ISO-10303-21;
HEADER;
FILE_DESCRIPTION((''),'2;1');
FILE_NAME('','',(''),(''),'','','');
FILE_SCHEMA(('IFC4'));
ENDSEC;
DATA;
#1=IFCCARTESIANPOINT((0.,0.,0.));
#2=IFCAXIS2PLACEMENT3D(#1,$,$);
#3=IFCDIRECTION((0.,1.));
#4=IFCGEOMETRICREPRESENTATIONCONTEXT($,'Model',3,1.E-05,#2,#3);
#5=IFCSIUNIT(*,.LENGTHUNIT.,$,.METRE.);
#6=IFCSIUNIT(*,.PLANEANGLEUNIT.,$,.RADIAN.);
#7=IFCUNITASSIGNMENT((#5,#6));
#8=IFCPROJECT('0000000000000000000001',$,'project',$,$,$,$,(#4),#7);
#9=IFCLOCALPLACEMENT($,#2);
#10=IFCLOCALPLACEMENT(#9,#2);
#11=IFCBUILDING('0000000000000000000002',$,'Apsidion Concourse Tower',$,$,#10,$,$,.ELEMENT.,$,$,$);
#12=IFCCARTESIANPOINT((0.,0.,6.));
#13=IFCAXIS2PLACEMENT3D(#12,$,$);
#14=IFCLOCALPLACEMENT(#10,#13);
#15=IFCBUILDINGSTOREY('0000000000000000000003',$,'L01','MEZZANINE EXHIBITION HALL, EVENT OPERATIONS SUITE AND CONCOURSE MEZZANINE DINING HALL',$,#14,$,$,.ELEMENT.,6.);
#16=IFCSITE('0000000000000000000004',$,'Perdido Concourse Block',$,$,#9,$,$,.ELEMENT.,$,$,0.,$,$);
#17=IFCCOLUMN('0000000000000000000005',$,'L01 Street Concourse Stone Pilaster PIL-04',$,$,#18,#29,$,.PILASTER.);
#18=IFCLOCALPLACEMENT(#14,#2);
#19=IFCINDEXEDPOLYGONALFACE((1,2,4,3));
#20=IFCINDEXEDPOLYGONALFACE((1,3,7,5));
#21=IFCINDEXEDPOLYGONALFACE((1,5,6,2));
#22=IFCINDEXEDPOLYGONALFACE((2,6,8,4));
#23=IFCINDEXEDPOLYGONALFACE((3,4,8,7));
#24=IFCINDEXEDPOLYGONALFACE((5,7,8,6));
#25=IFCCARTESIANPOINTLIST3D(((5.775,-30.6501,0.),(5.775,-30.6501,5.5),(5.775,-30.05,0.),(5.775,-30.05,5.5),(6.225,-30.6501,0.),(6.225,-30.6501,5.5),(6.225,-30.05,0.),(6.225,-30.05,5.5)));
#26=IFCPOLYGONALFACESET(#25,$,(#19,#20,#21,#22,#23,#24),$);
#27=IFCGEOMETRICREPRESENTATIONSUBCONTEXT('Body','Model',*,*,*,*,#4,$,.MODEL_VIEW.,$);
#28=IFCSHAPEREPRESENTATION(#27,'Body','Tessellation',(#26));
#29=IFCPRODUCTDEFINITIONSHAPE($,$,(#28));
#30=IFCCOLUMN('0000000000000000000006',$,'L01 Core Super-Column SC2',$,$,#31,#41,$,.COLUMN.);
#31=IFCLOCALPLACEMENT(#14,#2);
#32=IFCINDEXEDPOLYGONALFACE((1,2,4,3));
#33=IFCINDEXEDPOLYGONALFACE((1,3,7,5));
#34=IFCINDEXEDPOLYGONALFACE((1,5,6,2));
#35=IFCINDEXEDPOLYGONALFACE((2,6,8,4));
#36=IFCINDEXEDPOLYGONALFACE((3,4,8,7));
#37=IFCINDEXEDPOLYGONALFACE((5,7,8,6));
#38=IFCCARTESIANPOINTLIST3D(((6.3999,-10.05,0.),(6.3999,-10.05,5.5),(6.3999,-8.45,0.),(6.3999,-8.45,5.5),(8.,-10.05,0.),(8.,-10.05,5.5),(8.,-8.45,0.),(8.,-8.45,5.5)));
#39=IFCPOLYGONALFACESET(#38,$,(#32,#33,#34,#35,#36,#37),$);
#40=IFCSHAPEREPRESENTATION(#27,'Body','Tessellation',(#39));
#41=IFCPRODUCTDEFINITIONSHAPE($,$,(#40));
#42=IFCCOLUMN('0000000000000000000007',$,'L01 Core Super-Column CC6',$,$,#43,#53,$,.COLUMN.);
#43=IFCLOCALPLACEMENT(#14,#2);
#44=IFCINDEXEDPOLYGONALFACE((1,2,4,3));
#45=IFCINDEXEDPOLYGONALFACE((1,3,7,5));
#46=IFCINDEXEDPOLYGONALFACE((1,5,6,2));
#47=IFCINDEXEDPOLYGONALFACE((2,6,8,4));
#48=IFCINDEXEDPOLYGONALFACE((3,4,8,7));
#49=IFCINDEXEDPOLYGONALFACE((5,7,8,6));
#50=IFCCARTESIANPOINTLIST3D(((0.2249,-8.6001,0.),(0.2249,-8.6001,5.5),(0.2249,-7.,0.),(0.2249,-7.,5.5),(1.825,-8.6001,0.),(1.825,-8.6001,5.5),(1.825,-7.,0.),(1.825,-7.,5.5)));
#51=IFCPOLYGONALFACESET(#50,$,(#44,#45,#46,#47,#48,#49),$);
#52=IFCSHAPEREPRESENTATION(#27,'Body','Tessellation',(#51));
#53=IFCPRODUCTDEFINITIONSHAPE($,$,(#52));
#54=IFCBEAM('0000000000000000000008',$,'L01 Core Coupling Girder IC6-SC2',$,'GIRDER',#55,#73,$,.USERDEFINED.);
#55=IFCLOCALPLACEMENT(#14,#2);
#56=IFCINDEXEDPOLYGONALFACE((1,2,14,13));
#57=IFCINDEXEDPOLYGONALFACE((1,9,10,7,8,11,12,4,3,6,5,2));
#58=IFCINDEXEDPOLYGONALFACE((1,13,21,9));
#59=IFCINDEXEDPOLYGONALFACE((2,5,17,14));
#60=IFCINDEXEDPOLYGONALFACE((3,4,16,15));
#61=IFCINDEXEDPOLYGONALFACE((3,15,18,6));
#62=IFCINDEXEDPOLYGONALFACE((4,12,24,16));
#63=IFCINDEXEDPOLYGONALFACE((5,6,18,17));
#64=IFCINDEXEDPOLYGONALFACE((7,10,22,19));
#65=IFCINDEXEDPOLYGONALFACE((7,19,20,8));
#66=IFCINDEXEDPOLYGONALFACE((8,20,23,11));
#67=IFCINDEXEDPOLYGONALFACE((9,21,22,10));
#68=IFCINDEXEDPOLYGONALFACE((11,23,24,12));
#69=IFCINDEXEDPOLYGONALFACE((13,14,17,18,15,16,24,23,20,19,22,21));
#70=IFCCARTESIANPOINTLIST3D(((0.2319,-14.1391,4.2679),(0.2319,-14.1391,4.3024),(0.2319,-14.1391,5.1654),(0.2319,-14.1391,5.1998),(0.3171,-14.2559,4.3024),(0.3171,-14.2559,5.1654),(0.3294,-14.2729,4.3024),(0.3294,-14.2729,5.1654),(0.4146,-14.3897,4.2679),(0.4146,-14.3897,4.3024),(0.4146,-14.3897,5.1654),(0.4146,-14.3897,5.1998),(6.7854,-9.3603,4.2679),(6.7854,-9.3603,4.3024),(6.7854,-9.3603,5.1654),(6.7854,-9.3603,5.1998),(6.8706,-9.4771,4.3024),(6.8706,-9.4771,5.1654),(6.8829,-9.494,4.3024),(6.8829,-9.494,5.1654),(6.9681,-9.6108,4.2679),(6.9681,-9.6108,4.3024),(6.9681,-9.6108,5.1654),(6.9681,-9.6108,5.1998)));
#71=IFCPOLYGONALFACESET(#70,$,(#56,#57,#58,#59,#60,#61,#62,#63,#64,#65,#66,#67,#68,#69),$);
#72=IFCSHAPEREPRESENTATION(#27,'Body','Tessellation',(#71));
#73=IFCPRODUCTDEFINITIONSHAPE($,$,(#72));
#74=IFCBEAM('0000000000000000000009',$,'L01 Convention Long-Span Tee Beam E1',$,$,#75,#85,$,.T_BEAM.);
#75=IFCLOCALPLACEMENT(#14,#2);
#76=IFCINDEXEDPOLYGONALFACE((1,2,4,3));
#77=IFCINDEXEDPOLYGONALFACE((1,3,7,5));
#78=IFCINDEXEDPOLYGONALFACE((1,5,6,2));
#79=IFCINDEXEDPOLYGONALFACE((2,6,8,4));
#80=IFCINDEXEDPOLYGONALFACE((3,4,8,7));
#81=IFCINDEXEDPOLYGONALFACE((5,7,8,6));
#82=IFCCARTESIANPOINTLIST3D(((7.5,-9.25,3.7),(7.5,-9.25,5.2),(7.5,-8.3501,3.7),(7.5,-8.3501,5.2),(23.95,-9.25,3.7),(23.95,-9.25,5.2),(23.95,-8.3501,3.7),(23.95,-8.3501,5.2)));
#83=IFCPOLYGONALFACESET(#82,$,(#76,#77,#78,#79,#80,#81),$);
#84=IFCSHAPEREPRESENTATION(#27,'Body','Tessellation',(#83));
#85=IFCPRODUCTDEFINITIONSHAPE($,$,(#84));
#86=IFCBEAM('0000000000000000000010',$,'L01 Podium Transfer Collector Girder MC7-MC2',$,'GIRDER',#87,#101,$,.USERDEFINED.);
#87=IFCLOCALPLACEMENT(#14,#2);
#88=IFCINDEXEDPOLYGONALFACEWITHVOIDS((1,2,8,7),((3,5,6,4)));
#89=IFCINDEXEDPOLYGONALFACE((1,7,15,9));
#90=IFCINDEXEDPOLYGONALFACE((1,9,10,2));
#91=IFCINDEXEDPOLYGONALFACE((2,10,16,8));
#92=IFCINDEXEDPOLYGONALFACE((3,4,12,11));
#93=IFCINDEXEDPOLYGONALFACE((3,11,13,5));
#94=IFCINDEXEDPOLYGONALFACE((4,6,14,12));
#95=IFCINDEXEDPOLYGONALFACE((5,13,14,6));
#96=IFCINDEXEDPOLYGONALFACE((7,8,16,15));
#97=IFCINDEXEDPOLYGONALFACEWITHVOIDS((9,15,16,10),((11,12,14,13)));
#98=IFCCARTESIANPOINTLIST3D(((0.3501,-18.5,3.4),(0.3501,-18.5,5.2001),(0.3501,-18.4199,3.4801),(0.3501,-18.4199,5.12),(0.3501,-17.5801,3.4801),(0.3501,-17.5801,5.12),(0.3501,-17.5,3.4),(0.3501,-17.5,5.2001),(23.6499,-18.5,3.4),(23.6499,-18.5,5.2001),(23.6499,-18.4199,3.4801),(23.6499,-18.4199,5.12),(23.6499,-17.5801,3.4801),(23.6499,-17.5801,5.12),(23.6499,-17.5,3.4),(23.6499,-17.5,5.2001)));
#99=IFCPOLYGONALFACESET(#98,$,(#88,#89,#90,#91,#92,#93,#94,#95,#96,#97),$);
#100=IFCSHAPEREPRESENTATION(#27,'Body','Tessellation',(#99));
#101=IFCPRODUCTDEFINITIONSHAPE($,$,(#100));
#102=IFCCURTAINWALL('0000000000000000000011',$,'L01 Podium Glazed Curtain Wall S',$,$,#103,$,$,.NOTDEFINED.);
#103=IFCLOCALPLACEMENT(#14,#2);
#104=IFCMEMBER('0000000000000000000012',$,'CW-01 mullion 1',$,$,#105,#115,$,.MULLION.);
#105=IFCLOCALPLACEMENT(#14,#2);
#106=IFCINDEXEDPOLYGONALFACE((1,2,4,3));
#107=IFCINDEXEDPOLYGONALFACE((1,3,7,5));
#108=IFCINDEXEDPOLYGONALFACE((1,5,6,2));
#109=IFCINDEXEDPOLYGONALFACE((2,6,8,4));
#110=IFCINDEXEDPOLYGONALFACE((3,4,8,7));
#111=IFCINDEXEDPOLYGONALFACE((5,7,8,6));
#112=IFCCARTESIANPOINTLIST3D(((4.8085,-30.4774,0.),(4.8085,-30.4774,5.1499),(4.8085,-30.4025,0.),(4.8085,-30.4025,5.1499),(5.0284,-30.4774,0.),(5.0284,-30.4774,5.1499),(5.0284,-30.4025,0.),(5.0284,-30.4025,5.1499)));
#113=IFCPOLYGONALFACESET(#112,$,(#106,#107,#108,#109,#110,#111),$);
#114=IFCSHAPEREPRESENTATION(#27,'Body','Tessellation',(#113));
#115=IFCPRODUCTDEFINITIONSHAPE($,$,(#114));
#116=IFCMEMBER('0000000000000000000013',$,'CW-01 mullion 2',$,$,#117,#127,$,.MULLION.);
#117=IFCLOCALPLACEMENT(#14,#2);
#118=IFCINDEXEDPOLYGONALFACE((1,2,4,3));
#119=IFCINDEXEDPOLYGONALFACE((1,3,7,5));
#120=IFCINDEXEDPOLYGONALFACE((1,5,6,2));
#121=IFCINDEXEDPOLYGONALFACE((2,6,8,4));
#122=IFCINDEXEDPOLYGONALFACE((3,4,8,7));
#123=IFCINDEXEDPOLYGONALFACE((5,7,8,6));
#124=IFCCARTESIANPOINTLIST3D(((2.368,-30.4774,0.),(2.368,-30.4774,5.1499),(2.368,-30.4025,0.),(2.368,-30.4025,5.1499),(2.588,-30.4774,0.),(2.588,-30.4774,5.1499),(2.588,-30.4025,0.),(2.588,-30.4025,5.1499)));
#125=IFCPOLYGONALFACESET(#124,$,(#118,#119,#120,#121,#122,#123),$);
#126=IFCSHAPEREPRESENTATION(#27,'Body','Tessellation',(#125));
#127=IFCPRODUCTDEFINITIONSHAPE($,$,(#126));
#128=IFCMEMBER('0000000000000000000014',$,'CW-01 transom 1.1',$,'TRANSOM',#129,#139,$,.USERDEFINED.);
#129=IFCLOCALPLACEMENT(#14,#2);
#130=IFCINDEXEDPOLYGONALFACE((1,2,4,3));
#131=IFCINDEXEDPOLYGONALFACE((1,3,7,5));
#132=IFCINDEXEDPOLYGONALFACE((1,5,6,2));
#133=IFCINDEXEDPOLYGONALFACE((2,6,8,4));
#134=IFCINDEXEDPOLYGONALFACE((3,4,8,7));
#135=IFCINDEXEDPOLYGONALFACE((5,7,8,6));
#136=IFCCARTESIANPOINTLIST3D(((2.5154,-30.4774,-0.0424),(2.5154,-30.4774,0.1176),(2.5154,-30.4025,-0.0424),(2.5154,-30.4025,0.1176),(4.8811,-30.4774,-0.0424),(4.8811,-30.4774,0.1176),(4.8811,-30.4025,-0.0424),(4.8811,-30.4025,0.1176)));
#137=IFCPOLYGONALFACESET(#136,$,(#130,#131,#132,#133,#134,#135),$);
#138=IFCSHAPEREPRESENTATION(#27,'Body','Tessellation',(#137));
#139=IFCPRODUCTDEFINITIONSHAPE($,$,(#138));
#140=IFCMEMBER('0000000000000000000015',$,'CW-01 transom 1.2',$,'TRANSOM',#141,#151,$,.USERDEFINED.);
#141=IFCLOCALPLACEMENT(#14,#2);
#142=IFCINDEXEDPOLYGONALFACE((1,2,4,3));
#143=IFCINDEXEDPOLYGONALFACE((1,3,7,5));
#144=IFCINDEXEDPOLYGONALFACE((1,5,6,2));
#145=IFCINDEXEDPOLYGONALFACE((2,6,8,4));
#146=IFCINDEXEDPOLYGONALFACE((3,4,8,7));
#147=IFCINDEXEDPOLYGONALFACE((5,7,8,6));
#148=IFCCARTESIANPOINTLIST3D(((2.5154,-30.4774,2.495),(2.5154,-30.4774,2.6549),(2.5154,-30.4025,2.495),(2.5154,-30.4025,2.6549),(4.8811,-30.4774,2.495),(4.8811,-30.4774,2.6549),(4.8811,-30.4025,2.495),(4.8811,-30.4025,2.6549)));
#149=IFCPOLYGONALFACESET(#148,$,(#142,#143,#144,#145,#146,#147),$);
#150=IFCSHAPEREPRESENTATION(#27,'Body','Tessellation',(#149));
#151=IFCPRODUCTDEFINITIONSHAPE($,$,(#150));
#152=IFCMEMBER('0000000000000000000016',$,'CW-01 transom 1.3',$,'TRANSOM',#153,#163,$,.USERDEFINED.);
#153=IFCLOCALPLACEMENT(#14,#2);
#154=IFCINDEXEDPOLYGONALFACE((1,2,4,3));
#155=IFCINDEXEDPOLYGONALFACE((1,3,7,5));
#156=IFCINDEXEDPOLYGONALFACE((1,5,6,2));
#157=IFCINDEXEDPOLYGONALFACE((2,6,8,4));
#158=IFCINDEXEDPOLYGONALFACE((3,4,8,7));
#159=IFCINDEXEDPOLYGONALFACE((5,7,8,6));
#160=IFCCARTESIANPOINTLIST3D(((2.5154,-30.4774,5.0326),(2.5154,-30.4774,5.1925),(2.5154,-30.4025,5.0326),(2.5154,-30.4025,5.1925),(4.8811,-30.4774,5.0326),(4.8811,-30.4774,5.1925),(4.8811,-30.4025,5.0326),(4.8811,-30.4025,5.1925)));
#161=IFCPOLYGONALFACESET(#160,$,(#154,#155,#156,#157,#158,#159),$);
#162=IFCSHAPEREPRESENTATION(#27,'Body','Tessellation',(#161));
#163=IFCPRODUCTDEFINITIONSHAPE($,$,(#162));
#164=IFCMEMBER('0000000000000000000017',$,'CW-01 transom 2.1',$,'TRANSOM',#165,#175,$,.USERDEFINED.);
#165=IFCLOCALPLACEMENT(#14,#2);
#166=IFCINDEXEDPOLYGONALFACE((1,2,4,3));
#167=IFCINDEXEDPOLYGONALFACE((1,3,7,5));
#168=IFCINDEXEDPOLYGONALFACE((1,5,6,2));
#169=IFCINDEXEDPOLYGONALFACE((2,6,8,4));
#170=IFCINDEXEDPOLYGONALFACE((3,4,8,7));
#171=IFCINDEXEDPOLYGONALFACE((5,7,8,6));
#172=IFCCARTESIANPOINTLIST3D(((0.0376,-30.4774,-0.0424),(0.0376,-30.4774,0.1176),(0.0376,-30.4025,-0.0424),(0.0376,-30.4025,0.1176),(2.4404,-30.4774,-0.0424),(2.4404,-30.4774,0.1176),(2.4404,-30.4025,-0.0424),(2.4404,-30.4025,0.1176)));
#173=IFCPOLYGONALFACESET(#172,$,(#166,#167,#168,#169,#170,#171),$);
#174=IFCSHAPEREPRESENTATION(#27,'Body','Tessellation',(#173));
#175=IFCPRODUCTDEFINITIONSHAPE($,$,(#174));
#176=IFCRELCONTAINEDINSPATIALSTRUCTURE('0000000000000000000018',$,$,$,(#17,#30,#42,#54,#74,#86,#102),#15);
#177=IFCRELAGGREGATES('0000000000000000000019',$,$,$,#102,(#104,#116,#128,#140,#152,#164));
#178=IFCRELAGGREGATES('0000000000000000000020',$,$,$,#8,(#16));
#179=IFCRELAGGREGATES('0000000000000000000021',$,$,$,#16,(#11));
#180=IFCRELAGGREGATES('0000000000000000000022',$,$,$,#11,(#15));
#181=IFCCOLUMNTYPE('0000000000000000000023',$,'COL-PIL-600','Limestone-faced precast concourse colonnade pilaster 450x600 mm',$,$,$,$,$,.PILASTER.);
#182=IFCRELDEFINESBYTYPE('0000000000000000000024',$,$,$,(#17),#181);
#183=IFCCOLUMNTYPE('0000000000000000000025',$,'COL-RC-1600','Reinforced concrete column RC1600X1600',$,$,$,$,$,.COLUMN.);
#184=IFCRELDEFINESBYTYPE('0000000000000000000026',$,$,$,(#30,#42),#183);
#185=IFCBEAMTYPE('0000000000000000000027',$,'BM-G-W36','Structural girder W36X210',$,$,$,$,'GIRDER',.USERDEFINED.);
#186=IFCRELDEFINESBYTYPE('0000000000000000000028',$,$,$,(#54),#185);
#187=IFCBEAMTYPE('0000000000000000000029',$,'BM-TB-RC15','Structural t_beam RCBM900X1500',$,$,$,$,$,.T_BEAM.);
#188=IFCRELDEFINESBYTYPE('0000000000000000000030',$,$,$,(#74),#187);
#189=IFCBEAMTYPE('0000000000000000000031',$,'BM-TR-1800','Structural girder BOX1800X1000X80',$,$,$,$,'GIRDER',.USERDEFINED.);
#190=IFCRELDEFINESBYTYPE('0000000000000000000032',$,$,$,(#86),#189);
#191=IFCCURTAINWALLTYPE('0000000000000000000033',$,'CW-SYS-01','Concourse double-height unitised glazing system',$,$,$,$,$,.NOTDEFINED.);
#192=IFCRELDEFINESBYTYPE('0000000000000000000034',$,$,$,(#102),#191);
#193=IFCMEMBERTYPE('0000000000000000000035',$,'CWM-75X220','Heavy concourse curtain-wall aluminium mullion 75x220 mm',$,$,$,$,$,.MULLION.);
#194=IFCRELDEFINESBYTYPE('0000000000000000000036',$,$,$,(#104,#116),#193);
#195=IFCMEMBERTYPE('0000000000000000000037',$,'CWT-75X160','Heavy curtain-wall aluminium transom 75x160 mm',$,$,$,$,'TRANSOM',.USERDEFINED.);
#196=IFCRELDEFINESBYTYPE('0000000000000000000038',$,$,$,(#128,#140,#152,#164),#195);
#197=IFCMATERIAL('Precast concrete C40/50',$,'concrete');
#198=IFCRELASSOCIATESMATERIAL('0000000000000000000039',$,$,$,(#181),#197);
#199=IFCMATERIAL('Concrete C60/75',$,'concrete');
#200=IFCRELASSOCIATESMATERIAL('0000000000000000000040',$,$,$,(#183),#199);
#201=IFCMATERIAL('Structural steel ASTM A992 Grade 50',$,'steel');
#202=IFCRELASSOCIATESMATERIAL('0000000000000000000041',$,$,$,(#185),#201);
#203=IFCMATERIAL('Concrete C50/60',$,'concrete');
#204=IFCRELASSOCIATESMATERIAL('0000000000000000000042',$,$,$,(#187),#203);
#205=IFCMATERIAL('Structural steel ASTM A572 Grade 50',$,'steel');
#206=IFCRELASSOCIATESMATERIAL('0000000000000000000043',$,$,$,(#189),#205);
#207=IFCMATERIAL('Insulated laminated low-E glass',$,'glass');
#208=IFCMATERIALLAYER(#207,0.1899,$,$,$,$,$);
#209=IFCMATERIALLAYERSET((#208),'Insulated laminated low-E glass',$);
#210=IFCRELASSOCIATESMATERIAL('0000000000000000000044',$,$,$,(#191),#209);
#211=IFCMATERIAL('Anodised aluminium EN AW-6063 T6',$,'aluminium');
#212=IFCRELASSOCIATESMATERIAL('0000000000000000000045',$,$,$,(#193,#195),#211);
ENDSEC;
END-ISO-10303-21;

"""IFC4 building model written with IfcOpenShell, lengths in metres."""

from ifc_helpers import new_model, si_unit, direction, frame, origin, origin_2d, place, context, subcontext, project, spatial, rectangle, hollow_rectangle, i_section, extrude, material, layer, layer_set, material_profile, profile_set, type_object, element, aggregate, save


model = new_model("IFC4")

# Units and contexts
model_context = context("Model", 3, precision=1e-05, world=origin(), true_north=direction((0.0, 1.0)))
body_context = subcontext(model_context, "Body", "Model", "MODEL_VIEW")
ifc_project = project(units=[si_unit("LENGTHUNIT", "METRE"), si_unit("PLANEANGLEUNIT", "RADIAN")], contexts=[model_context])

# Site, building, storey
site_placement = place(None, origin())
site = spatial("IfcSite", under=ifc_project, at=site_placement, Name="Perdido Concourse Block", CompositionType="ELEMENT", RefElevation=0.0)
building_placement = place(site_placement, origin())
building = spatial("IfcBuilding", under=site, at=building_placement, Name="Apsidion Concourse Tower", CompositionType="ELEMENT")
storey_placement = place(building_placement, frame((0.0, 0.0, 6.0)))
storey = spatial("IfcBuildingStorey", under=building, at=storey_placement, Name="L01", Description="MEZZANINE EXHIBITION HALL, EVENT OPERATIONS SUITE AND CONCOURSE MEZZANINE DINING HALL", CompositionType="ELEMENT", Elevation=6.0)

# Columns
ifc_material_1 = material(Name="Precast concrete C40/50", Category="concrete")
ifc_material_profile_1 = material_profile(ifc_material_1, rectangle(XDim=0.45, YDim=0.6001, at=origin_2d()), Name="RC 600x450")
ifc_profile_set_1 = profile_set([ifc_material_profile_1], Name="Precast concrete C40/50")
column_type_1 = type_object("IfcColumnType", Name="COL-PIL-600", Description="Limestone-faced precast concourse colonnade pilaster 450x600 mm", PredefinedType="PILASTER", material=ifc_profile_set_1)
column_placement = place(storey_placement, frame((6.0, -30.3501, 0.0), z_axis=(0.0, 0.0, 1.0), x_axis=(1.0, 0.0, 0.0)))
element("IfcColumn", 1, at=column_placement, inside=storey, type_object=column_type_1, Name="L01 Street Concourse Stone Pilaster PIL-04", PredefinedType="PILASTER", context=body_context, shape_type="SweptSolid", body=[
    extrude(rectangle(XDim=0.45, YDim=0.6001, at=origin_2d()), origin(), (0.0, 0.0, 1.0), 5.5),
])
ifc_material_2 = material(Name="Concrete C60/75", Category="concrete")
ifc_material_profile_2 = material_profile(ifc_material_2, rectangle(XDim=1.6001, YDim=1.6001, at=origin_2d()), Name="RC 1600x1600")
ifc_profile_set_2 = profile_set([ifc_material_profile_2], Name="Concrete C60/75")
column_type_2 = type_object("IfcColumnType", Name="COL-RC-1600", Description="Reinforced concrete column RC1600X1600", PredefinedType="COLUMN", material=ifc_profile_set_2)
for number, where, z_axis, x_axis, name in (
    (2, (7.2, -9.25, 0.0), (0.0, 0.0, 1.0), (1.0, 0.0, 0.0), "L01 Core Super-Column SC2"),
    (3, (1.0249, -7.8, 0.0), (0.0, 0.0, 1.0), (1.0, 0.0, 0.0), "L01 Core Super-Column CC6"),
):
    element("IfcColumn", number, at=place(storey_placement, frame(where, z_axis=z_axis, x_axis=x_axis)), inside=storey, type_object=column_type_2, Name=name, PredefinedType="COLUMN", context=body_context, shape_type="SweptSolid", body=[
        extrude(rectangle(XDim=1.6001, YDim=1.6001, at=origin_2d()), origin(), (0.0, 0.0, 1.0), 5.5),
    ])

# Beams
ifc_material_3 = material(Name="Structural steel ASTM A992 Grade 50", Category="steel")
ifc_material_profile_3 = material_profile(ifc_material_3, i_section(OverallWidth=0.3101, OverallDepth=0.9319, WebThickness=0.021, FlangeThickness=0.0344, at=origin_2d()), Name="W36X210")
ifc_profile_set_3 = profile_set([ifc_material_profile_3], Name="Structural steel ASTM A992 Grade 50")
beam_type_1 = type_object("IfcBeamType", Name="BM-G-W36", Description="Structural girder W36X210", ElementType="GIRDER", PredefinedType="USERDEFINED", material=ifc_profile_set_3)
beam_1_placement = place(storey_placement, frame((0.3232, -14.2644, 4.7339), z_axis=(0.807993, 0.589191, 0.0), x_axis=(-0.589191, 0.807993, 0.0)))
element("IfcBeam", 4, at=beam_1_placement, inside=storey, type_object=beam_type_1, Name="L01 Core Coupling Girder IC6-SC2", ObjectType="GIRDER", PredefinedType="USERDEFINED", context=body_context, shape_type="SweptSolid", body=[
    extrude(i_section(OverallWidth=0.3101, OverallDepth=0.9319, WebThickness=0.021, FlangeThickness=0.0344, at=origin_2d()), origin(), (0.0, 0.0, 1.0), 8.1108),
])
ifc_material_4 = material(Name="Concrete C50/60", Category="concrete")
ifc_material_profile_4 = material_profile(ifc_material_4, rectangle(XDim=0.8999, YDim=1.5, at=origin_2d()), Name="RC 900x1500")
ifc_profile_set_4 = profile_set([ifc_material_profile_4], Name="Concrete C50/60")
beam_type_2 = type_object("IfcBeamType", Name="BM-TB-RC15", Description="Structural t_beam RCBM900X1500", PredefinedType="T_BEAM", material=ifc_profile_set_4)
beam_2_placement = place(storey_placement, frame((7.5, -8.8, 4.45), z_axis=(1.0, 0.0, 0.0), x_axis=(0.0, 1.0, 0.0)))
element("IfcBeam", 5, at=beam_2_placement, inside=storey, type_object=beam_type_2, Name="L01 Convention Long-Span Tee Beam E1", PredefinedType="T_BEAM", context=body_context, shape_type="SweptSolid", body=[
    extrude(rectangle(XDim=0.8999, YDim=1.5, at=origin_2d()), origin(), (0.0, 0.0, 1.0), 16.45),
])
ifc_material_5 = material(Name="Structural steel ASTM A572 Grade 50", Category="steel")
ifc_material_profile_5 = material_profile(ifc_material_5, hollow_rectangle(XDim=1.0, YDim=1.8, WallThickness=0.0801, at=origin_2d()), Name="BOX1800X1000X80")
ifc_profile_set_5 = profile_set([ifc_material_profile_5], Name="Structural steel ASTM A572 Grade 50")
beam_type_3 = type_object("IfcBeamType", Name="BM-TR-1800", Description="Structural girder BOX1800X1000X80", ElementType="GIRDER", PredefinedType="USERDEFINED", material=ifc_profile_set_5)
beam_3_placement = place(storey_placement, frame((0.3501, -18.0, 4.3), z_axis=(1.0, 0.0, 0.0), x_axis=(0.0, 1.0, 0.0)))
element("IfcBeam", 6, at=beam_3_placement, inside=storey, type_object=beam_type_3, Name="L01 Podium Transfer Collector Girder MC7-MC2", ObjectType="GIRDER", PredefinedType="USERDEFINED", context=body_context, shape_type="SweptSolid", body=[
    extrude(hollow_rectangle(XDim=1.0, YDim=1.8, WallThickness=0.0801, at=origin_2d()), origin(), (0.0, 0.0, 1.0), 23.2998),
])

# Curtain wall, members
ifc_material_6 = material(Name="Insulated laminated low-E glass", Category="glass")
ifc_layer_1 = layer(ifc_material_6, 0.1899)
ifc_layer_set_1 = layer_set([ifc_layer_1], Name="Insulated laminated low-E glass")
curtain_wall_type = type_object("IfcCurtainWallType", Name="CW-SYS-01", Description="Concourse double-height unitised glazing system", PredefinedType="NOTDEFINED", material=ifc_layer_set_1)
curtain_wall_placement = place(storey_placement, origin())
curtain_wall = element("IfcCurtainWall", 7, at=curtain_wall_placement, inside=storey, type_object=curtain_wall_type, Name="L01 Podium Glazed Curtain Wall S", PredefinedType="NOTDEFINED")
ifc_material_7 = material(Name="Anodised aluminium EN AW-6063 T6", Category="aluminium")
ifc_material_profile_6 = material_profile(ifc_material_7, rectangle(XDim=0.075, YDim=0.22, at=origin_2d()), Name="ALU MULLION 75x220")
ifc_profile_set_6 = profile_set([ifc_material_profile_6], Name="Anodised aluminium EN AW-6063 T6")
member_type_1 = type_object("IfcMemberType", Name="CWM-75X220", Description="Heavy concourse curtain-wall aluminium mullion 75x220 mm", PredefinedType="MULLION", material=ifc_profile_set_6)
member_1_placement = place(storey_placement, frame((4.9185, -30.4399, 0.0), z_axis=(0.0, 0.0, 1.0), x_axis=(0.0, -1.0, 0.0)))
member_1 = element("IfcMember", 8, at=member_1_placement, type_object=member_type_1, Name="CW-01 mullion 1", PredefinedType="MULLION", context=body_context, shape_type="SweptSolid", body=[
    extrude(rectangle(XDim=0.075, YDim=0.22, at=origin_2d()), origin(), (0.0, 0.0, 1.0), 5.1499),
])
member_2_placement = place(storey_placement, frame((2.478, -30.4399, 0.0), z_axis=(0.0, 0.0, 1.0), x_axis=(0.0, -1.0, 0.0)))
member_2 = element("IfcMember", 9, at=member_2_placement, type_object=member_type_1, Name="CW-01 mullion 2", PredefinedType="MULLION", context=body_context, shape_type="SweptSolid", body=[
    extrude(rectangle(XDim=0.075, YDim=0.22, at=origin_2d()), origin(), (0.0, 0.0, 1.0), 5.1499),
])
ifc_material_profile_7 = material_profile(ifc_material_7, rectangle(XDim=0.075, YDim=0.1599, at=origin_2d()), Name="ALU TRANSOM 75x160")
ifc_profile_set_7 = profile_set([ifc_material_profile_7], Name="Anodised aluminium EN AW-6063 T6")
member_type_2 = type_object("IfcMemberType", Name="CWT-75X160", Description="Heavy curtain-wall aluminium transom 75x160 mm", ElementType="TRANSOM", PredefinedType="USERDEFINED", material=ifc_profile_set_7)
member_3_placement = place(storey_placement, frame((4.8811, -30.4399, 0.0376), z_axis=(-1.0, 0.0, 0.0), x_axis=(0.0, -1.0, 0.0)))
member_3 = element("IfcMember", 10, at=member_3_placement, type_object=member_type_2, Name="CW-01 transom 1.1", ObjectType="TRANSOM", PredefinedType="USERDEFINED", context=body_context, shape_type="SweptSolid", body=[
    extrude(rectangle(XDim=0.075, YDim=0.1599, at=origin_2d()), origin(), (0.0, 0.0, 1.0), 2.3657),
])
member_4_placement = place(storey_placement, frame((4.8811, -30.4399, 2.575), z_axis=(-1.0, 0.0, 0.0), x_axis=(0.0, -1.0, 0.0)))
member_4 = element("IfcMember", 11, at=member_4_placement, type_object=member_type_2, Name="CW-01 transom 1.2", ObjectType="TRANSOM", PredefinedType="USERDEFINED", context=body_context, shape_type="SweptSolid", body=[
    extrude(rectangle(XDim=0.075, YDim=0.1599, at=origin_2d()), origin(), (0.0, 0.0, 1.0), 2.3657),
])
member_5_placement = place(storey_placement, frame((4.8811, -30.4399, 5.1125), z_axis=(-1.0, 0.0, 0.0), x_axis=(0.0, -1.0, 0.0)))
member_5 = element("IfcMember", 12, at=member_5_placement, type_object=member_type_2, Name="CW-01 transom 1.3", ObjectType="TRANSOM", PredefinedType="USERDEFINED", context=body_context, shape_type="SweptSolid", body=[
    extrude(rectangle(XDim=0.075, YDim=0.1599, at=origin_2d()), origin(), (0.0, 0.0, 1.0), 2.3657),
])
member_6_placement = place(storey_placement, frame((2.4404, -30.4399, 0.0376), z_axis=(-1.0, 0.0, 0.0), x_axis=(0.0, -1.0, 0.0)))
member_6 = element("IfcMember", 13, at=member_6_placement, type_object=member_type_2, Name="CW-01 transom 2.1", ObjectType="TRANSOM", PredefinedType="USERDEFINED", context=body_context, shape_type="SweptSolid", body=[
    extrude(rectangle(XDim=0.075, YDim=0.1599, at=origin_2d()), origin(), (0.0, 0.0, 1.0), 2.4028),
])
aggregate(curtain_wall, [member_1, member_2, member_3, member_4, member_5, member_6])

save(model, "model.ifc")
